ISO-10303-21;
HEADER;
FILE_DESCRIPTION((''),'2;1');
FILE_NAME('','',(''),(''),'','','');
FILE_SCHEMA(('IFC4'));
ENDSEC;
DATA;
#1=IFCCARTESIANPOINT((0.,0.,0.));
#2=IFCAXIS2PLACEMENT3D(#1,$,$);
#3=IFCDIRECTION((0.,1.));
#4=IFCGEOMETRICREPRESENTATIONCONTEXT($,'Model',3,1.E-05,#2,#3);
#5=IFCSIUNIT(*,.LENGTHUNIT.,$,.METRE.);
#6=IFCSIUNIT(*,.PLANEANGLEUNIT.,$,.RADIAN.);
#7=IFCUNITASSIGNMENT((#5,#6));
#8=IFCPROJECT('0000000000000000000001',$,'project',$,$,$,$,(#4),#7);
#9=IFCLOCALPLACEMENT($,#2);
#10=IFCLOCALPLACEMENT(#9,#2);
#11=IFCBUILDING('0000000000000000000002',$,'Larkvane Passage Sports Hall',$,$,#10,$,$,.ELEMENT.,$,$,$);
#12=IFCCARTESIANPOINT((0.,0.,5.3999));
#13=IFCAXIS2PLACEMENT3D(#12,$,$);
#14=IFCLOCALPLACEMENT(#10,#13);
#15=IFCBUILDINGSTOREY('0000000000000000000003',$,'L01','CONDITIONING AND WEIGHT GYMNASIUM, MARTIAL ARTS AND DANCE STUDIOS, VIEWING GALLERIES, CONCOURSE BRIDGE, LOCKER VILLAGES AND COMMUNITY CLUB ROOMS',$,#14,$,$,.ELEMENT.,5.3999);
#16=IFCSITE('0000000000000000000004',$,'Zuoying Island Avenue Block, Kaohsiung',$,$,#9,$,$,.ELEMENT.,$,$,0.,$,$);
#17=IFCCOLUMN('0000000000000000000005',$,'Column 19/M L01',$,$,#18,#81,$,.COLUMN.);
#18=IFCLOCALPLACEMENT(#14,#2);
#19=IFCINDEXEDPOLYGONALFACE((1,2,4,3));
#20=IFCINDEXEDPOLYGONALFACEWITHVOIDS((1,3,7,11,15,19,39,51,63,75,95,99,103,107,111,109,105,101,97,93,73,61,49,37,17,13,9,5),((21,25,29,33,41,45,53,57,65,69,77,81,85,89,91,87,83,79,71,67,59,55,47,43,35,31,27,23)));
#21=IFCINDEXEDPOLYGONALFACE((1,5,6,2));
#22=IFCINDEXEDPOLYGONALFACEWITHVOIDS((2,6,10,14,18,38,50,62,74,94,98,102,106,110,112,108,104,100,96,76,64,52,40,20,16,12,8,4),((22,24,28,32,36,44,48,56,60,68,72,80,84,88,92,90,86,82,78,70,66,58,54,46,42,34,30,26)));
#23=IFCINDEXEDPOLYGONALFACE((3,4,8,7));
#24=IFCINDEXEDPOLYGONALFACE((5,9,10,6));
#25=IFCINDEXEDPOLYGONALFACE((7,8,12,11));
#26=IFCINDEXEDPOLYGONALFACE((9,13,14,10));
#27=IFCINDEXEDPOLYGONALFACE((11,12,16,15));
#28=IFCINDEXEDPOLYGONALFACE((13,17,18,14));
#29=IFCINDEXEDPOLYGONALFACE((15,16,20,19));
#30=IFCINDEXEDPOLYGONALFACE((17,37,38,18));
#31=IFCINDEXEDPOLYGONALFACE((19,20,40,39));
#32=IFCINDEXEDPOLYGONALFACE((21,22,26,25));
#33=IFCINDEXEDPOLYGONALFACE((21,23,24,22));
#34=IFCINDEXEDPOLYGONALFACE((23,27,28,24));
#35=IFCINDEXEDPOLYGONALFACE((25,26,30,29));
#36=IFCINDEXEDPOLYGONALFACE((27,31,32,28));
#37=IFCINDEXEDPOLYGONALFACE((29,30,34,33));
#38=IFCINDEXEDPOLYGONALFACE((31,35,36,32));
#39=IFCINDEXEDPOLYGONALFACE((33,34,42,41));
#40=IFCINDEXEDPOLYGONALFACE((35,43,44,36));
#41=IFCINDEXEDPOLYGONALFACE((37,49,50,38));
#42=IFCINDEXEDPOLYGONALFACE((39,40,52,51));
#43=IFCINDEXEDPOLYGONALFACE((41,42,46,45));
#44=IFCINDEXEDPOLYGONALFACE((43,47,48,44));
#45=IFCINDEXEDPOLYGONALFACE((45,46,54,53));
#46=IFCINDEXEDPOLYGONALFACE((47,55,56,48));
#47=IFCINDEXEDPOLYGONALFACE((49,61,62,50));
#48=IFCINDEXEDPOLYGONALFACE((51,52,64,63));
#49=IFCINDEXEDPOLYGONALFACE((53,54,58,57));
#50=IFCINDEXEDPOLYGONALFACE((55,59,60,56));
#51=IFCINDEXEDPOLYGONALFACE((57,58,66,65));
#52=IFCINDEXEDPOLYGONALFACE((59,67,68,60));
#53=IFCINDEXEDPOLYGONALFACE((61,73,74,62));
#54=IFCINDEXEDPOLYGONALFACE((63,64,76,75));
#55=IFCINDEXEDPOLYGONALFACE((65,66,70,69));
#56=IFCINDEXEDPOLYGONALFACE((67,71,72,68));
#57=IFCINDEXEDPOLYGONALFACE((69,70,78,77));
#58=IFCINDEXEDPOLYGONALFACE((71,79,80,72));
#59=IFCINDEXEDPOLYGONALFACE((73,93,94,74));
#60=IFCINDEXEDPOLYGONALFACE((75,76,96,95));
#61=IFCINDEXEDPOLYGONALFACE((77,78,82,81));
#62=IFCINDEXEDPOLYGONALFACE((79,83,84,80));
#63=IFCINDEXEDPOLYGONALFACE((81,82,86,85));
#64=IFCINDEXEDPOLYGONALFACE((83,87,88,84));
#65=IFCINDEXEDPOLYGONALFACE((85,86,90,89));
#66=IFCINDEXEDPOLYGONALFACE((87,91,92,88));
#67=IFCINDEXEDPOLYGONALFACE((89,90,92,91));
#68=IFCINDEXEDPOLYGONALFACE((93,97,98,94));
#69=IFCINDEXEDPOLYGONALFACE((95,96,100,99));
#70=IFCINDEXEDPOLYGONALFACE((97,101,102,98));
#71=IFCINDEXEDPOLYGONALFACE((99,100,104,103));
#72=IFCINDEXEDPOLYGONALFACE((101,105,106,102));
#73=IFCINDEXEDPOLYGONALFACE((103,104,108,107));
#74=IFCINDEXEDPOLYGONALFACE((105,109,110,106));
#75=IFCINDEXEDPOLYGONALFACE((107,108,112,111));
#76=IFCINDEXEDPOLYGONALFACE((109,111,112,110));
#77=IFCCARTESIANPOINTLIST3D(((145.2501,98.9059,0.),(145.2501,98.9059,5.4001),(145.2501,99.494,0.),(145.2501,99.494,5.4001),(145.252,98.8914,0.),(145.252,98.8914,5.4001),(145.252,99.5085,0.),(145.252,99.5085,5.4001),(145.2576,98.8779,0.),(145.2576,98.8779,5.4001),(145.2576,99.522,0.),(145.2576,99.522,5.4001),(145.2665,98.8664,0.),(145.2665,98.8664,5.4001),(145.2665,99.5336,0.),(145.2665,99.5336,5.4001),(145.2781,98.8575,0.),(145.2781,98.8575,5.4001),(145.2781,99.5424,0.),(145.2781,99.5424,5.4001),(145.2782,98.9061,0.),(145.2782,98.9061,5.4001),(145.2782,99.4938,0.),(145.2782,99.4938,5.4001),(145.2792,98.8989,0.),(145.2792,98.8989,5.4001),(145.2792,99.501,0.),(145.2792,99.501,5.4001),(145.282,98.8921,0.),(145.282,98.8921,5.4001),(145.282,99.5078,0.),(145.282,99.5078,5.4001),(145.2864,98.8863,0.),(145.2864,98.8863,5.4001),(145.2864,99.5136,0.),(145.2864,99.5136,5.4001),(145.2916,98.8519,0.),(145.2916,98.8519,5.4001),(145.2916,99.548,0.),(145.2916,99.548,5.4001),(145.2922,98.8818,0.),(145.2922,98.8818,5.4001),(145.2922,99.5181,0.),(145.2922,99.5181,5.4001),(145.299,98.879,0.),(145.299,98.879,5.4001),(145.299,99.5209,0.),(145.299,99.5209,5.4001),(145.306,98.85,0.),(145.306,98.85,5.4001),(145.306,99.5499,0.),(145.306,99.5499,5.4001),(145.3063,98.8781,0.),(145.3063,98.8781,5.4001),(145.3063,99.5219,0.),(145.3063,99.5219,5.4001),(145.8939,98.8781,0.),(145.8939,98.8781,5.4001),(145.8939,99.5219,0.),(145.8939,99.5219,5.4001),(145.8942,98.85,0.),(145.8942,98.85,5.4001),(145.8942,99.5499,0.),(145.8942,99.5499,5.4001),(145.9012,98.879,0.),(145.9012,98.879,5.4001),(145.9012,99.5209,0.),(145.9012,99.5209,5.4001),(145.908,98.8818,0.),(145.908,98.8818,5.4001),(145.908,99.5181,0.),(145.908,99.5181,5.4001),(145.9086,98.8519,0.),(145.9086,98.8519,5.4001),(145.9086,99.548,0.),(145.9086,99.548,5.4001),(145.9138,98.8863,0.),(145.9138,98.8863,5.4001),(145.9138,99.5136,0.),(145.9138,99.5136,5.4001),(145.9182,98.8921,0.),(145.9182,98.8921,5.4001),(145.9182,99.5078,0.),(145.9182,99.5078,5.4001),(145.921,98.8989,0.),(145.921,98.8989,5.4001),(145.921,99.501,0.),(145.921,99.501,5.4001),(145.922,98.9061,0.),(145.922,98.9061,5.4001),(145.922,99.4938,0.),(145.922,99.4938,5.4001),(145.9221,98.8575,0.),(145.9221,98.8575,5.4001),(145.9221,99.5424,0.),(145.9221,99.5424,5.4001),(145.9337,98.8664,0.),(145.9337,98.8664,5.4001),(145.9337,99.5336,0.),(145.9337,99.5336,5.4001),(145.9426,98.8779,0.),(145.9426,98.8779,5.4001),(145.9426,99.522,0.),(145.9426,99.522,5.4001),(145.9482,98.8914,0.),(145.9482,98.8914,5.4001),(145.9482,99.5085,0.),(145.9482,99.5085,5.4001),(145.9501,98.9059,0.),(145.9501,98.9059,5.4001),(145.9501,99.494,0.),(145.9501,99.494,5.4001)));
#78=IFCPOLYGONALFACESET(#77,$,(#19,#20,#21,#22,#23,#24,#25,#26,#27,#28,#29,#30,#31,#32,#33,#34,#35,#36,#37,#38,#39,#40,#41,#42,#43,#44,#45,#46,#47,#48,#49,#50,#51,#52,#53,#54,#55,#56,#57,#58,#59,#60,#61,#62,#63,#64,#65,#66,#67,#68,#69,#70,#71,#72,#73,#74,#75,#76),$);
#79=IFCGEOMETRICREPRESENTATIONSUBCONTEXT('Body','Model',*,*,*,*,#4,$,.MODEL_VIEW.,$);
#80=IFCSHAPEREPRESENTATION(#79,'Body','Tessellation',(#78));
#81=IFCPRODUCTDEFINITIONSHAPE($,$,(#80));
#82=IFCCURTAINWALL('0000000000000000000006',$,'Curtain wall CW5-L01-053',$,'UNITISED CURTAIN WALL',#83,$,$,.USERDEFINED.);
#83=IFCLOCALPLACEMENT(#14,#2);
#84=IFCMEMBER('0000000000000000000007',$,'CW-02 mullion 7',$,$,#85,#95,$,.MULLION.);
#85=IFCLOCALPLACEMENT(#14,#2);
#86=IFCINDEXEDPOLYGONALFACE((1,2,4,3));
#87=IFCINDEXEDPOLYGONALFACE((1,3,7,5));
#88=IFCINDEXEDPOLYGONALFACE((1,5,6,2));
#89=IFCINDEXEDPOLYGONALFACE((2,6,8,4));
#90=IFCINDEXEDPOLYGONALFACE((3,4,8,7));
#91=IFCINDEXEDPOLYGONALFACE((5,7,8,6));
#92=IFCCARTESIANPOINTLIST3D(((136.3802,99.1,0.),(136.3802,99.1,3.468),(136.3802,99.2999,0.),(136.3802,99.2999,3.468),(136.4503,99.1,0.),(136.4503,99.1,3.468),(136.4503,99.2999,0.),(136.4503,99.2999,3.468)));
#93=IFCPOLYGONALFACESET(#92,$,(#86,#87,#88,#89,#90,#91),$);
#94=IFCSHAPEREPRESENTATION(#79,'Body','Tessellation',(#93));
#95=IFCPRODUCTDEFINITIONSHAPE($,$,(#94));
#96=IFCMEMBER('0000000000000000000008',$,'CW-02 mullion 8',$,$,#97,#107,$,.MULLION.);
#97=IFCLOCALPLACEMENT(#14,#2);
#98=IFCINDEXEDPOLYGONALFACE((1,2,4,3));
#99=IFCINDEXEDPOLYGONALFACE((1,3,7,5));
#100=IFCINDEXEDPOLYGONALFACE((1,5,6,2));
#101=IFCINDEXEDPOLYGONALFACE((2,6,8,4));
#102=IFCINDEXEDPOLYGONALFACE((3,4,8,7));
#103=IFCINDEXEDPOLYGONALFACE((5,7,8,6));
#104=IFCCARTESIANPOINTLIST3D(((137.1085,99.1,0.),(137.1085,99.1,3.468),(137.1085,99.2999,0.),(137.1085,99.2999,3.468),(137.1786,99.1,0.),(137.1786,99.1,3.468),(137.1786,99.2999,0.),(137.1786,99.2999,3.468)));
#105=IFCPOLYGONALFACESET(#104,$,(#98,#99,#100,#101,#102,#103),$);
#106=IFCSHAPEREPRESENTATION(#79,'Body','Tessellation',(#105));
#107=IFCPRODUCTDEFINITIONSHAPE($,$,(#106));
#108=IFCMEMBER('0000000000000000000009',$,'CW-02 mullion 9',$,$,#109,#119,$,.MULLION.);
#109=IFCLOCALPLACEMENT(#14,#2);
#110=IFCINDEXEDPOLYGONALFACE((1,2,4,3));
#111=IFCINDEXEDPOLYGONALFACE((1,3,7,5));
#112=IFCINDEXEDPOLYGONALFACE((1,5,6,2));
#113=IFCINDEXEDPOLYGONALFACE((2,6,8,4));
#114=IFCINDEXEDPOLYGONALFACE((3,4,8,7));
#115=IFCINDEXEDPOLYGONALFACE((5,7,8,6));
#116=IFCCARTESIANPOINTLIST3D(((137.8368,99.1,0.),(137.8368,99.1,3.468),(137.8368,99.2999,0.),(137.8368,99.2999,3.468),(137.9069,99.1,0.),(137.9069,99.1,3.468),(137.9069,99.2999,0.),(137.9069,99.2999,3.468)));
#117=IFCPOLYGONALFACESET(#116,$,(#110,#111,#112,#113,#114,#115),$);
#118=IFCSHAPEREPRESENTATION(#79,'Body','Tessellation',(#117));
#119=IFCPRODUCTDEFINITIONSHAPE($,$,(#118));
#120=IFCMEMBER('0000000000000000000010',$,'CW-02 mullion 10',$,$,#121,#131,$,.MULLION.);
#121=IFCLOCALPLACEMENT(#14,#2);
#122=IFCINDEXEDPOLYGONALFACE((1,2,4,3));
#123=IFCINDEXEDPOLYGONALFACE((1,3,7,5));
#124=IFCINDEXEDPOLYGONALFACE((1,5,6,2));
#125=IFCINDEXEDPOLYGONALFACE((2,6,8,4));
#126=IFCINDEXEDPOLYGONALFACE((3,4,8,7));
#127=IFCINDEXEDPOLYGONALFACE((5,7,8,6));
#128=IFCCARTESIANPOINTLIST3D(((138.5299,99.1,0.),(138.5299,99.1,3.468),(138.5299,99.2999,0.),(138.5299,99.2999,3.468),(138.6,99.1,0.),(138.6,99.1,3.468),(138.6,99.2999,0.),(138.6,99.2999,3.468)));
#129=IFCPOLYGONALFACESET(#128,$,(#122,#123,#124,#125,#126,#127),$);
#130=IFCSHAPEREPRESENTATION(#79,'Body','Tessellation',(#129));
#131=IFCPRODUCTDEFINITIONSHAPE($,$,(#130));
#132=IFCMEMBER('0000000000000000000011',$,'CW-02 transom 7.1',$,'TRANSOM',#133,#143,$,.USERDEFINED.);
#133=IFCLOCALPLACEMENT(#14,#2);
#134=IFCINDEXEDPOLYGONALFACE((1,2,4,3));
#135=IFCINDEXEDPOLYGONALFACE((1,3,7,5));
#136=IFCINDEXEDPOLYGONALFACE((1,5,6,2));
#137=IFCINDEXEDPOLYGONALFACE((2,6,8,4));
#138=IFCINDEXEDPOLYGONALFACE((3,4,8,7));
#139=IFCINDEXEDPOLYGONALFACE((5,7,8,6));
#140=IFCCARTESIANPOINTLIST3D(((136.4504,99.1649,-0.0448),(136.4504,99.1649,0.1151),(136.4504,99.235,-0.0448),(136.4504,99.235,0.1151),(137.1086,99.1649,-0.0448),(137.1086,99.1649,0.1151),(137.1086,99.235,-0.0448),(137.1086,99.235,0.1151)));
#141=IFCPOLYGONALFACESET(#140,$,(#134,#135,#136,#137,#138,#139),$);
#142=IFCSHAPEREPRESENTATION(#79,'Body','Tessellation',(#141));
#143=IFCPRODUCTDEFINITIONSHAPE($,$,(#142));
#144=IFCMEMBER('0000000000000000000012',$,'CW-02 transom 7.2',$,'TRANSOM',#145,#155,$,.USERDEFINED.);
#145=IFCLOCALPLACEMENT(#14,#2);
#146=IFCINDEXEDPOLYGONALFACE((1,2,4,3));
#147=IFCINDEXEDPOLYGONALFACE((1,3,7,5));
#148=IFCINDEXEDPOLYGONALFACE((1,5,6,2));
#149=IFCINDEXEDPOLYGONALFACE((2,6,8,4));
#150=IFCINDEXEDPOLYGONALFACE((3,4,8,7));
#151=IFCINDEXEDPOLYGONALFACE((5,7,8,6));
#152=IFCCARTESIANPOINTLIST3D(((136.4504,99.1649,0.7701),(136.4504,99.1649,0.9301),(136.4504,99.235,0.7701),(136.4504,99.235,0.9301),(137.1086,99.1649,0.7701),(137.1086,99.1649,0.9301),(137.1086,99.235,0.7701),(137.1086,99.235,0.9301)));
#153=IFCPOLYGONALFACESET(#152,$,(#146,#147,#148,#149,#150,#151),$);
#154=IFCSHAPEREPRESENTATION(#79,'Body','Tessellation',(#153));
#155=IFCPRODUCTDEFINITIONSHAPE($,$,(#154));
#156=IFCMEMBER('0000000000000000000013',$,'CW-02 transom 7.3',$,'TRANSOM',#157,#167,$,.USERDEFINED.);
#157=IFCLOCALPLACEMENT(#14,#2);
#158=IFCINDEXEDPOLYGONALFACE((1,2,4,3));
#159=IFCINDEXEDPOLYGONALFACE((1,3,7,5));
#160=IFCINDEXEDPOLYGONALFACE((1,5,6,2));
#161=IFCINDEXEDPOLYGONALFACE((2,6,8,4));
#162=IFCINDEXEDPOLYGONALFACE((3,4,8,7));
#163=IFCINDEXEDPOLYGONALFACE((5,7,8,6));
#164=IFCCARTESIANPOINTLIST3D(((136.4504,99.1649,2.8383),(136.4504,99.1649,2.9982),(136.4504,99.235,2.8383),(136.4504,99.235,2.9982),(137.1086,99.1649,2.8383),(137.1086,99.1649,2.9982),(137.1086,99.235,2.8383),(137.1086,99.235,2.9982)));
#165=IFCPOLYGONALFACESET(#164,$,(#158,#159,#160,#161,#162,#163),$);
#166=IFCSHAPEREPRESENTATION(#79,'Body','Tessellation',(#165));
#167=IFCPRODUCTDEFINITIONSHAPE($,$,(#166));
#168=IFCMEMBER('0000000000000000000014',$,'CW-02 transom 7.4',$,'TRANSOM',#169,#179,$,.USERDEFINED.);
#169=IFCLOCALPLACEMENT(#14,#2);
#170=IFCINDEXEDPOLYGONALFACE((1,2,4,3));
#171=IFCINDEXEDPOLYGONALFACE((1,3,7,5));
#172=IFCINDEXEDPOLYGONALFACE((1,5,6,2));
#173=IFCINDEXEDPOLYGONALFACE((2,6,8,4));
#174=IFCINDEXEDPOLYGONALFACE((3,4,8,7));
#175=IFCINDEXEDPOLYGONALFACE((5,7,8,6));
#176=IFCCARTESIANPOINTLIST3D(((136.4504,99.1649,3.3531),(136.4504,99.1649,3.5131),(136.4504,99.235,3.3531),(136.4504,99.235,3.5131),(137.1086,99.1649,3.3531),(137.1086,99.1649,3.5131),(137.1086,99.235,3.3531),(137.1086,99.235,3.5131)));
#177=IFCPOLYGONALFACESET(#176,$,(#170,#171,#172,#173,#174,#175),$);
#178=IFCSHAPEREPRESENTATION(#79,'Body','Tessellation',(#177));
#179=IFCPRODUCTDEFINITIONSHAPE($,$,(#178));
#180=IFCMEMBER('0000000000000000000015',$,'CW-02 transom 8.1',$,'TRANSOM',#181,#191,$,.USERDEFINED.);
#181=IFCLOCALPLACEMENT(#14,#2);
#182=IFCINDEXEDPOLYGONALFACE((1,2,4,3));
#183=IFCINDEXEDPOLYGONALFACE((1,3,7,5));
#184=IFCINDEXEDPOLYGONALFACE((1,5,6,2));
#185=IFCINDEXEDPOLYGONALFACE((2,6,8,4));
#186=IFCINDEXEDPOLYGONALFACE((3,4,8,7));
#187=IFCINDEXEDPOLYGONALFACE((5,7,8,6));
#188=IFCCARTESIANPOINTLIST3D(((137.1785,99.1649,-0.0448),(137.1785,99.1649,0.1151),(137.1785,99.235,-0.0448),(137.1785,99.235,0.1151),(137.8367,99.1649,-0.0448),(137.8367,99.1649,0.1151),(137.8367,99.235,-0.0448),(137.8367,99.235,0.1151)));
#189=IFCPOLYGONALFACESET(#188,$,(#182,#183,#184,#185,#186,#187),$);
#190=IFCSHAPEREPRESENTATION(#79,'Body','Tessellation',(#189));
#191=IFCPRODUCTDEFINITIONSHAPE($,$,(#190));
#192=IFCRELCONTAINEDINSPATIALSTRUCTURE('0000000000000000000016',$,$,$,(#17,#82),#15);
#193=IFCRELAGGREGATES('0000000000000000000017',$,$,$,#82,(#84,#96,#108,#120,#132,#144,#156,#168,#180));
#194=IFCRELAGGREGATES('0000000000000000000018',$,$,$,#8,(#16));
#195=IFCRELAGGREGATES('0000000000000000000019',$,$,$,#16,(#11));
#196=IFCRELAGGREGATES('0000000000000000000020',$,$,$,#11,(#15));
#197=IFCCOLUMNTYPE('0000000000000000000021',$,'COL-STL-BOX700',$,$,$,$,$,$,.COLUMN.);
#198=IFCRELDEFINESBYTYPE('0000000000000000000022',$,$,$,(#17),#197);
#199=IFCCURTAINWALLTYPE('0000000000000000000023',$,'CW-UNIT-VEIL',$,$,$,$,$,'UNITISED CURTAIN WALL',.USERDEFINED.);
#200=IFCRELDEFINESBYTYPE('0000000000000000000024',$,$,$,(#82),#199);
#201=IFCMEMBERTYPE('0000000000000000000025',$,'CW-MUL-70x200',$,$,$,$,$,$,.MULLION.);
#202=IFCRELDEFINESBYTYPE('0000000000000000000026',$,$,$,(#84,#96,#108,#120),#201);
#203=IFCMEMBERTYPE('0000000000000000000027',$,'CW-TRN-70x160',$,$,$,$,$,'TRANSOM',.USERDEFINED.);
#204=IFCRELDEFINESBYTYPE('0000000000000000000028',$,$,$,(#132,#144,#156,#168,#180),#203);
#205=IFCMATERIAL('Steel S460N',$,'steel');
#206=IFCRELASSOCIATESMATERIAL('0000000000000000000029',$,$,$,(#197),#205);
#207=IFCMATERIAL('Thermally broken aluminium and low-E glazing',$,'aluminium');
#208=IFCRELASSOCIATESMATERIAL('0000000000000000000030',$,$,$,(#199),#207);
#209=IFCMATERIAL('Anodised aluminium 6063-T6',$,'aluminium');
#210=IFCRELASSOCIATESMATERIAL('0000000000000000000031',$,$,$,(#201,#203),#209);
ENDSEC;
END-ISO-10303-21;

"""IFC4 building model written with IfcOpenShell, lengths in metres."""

from ifc_helpers import new_model, si_unit, direction, frame, origin, origin_2d, place, context, subcontext, project, spatial, rectangle, hollow_rectangle, extrude, material, material_profile, profile_set, type_object, element, aggregate, save


model = new_model("IFC4")

# Units and contexts
model_context = context("Model", 3, precision=1e-05, world=origin(), true_north=direction((0.0, 1.0)))
body_context = subcontext(model_context, "Body", "Model", "MODEL_VIEW")
ifc_project = project(units=[si_unit("LENGTHUNIT", "METRE"), si_unit("PLANEANGLEUNIT", "RADIAN")], contexts=[model_context])

# Site, building, storey
site_placement = place(None, origin())
site = spatial("IfcSite", under=ifc_project, at=site_placement, Name="Zuoying Island Avenue Block, Kaohsiung", CompositionType="ELEMENT", RefElevation=0.0)
building_placement = place(site_placement, origin())
building = spatial("IfcBuilding", under=site, at=building_placement, Name="Larkvane Passage Sports Hall", CompositionType="ELEMENT")
storey_placement = place(building_placement, frame((0.0, 0.0, 5.3999)))
storey = spatial("IfcBuildingStorey", under=building, at=storey_placement, Name="L01", Description="CONDITIONING AND WEIGHT GYMNASIUM, MARTIAL ARTS AND DANCE STUDIOS, VIEWING GALLERIES, CONCOURSE BRIDGE, LOCKER VILLAGES AND COMMUNITY CLUB ROOMS", CompositionType="ELEMENT", Elevation=5.3999)

# Column
ifc_material_1 = material(Name="Steel S460N", Category="steel")
ifc_material_profile_1 = material_profile(ifc_material_1, hollow_rectangle(XDim=0.7, YDim=0.7, WallThickness=0.0281, InnerFilletRadius=0.0281, OuterFilletRadius=0.0559, at=origin_2d()), Name="BOX-700x700x28")
ifc_profile_set_1 = profile_set([ifc_material_profile_1], Name="Steel S460N")
column_type = type_object("IfcColumnType", Name="COL-STL-BOX700", PredefinedType="COLUMN", material=ifc_profile_set_1)
column_placement = place(storey_placement, frame((145.6001, 99.2, 0.0), z_axis=(0.0, 0.0, 1.0), x_axis=(1.0, 0.0, 0.0)))
element("IfcColumn", 1, at=column_placement, inside=storey, type_object=column_type, Name="Column 19/M L01", PredefinedType="COLUMN", context=body_context, shape_type="SweptSolid", body=[
    extrude(hollow_rectangle(XDim=0.7, YDim=0.7, WallThickness=0.0281, InnerFilletRadius=0.0281, OuterFilletRadius=0.0559, at=origin_2d()), origin(), (0.0, 0.0, 1.0), 5.4001),
])

# Curtain wall, members
ifc_material_2 = material(Name="Thermally broken aluminium and low-E glazing", Category="aluminium")
curtain_wall_type = type_object("IfcCurtainWallType", Name="CW-UNIT-VEIL", ElementType="UNITISED CURTAIN WALL", PredefinedType="USERDEFINED", material=ifc_material_2)
curtain_wall_placement = place(storey_placement, origin())
curtain_wall = element("IfcCurtainWall", 2, at=curtain_wall_placement, inside=storey, type_object=curtain_wall_type, Name="Curtain wall CW5-L01-053", ObjectType="UNITISED CURTAIN WALL", PredefinedType="USERDEFINED")
ifc_material_3 = material(Name="Anodised aluminium 6063-T6", Category="aluminium")
ifc_material_profile_2 = material_profile(ifc_material_3, rectangle(XDim=0.0701, YDim=0.2, at=origin_2d()), Name="ALU-MUL-70x200")
ifc_profile_set_2 = profile_set([ifc_material_profile_2], Name="Anodised aluminium 6063-T6")
member_type_1 = type_object("IfcMemberType", Name="CW-MUL-70x200", PredefinedType="MULLION", material=ifc_profile_set_2)
member_1_placement = place(storey_placement, frame((136.4153, 99.2, 0.0), z_axis=(0.0, 0.0, 1.0), x_axis=(1.0, 0.0, 0.0)))
member_1 = element("IfcMember", 3, at=member_1_placement, type_object=member_type_1, Name="CW-02 mullion 7", PredefinedType="MULLION", context=body_context, shape_type="SweptSolid", body=[
    extrude(rectangle(XDim=0.0701, YDim=0.2, at=origin_2d()), origin(), (0.0, 0.0, 1.0), 3.468),
])
member_2_placement = place(storey_placement, frame((137.1436, 99.2, 0.0), z_axis=(0.0, 0.0, 1.0), x_axis=(1.0, 0.0, 0.0)))
member_2 = element("IfcMember", 4, at=member_2_placement, type_object=member_type_1, Name="CW-02 mullion 8", PredefinedType="MULLION", context=body_context, shape_type="SweptSolid", body=[
    extrude(rectangle(XDim=0.0701, YDim=0.2, at=origin_2d()), origin(), (0.0, 0.0, 1.0), 3.468),
])
member_3_placement = place(storey_placement, frame((137.8718, 99.2, 0.0), z_axis=(0.0, 0.0, 1.0), x_axis=(1.0, 0.0, 0.0)))
member_3 = element("IfcMember", 5, at=member_3_placement, type_object=member_type_1, Name="CW-02 mullion 9", PredefinedType="MULLION", context=body_context, shape_type="SweptSolid", body=[
    extrude(rectangle(XDim=0.0701, YDim=0.2, at=origin_2d()), origin(), (0.0, 0.0, 1.0), 3.468),
])
member_4_placement = place(storey_placement, frame((138.5649, 99.2, 0.0), z_axis=(0.0, 0.0, 1.0), x_axis=(1.0, 0.0, 0.0)))
member_4 = element("IfcMember", 6, at=member_4_placement, type_object=member_type_1, Name="CW-02 mullion 10", PredefinedType="MULLION", context=body_context, shape_type="SweptSolid", body=[
    extrude(rectangle(XDim=0.0701, YDim=0.2, at=origin_2d()), origin(), (0.0, 0.0, 1.0), 3.468),
])
ifc_material_profile_3 = material_profile(ifc_material_3, rectangle(XDim=0.0701, YDim=0.1599, at=origin_2d()), Name="ALU-TRN-70x160")
ifc_profile_set_3 = profile_set([ifc_material_profile_3], Name="Anodised aluminium 6063-T6")
member_type_2 = type_object("IfcMemberType", Name="CW-TRN-70x160", ElementType="TRANSOM", PredefinedType="USERDEFINED", material=ifc_profile_set_3)
member_5_placement = place(storey_placement, frame((136.4504, 99.2, 0.0352), z_axis=(1.0, 0.0, 0.0), x_axis=(0.0, 1.0, 0.0)))
member_5 = element("IfcMember", 7, at=member_5_placement, type_object=member_type_2, Name="CW-02 transom 7.1", ObjectType="TRANSOM", PredefinedType="USERDEFINED", context=body_context, shape_type="SweptSolid", body=[
    extrude(rectangle(XDim=0.0701, YDim=0.1599, at=origin_2d()), origin(), (0.0, 0.0, 1.0), 0.6582),
])
member_6_placement = place(storey_placement, frame((136.4504, 99.2, 0.8501), z_axis=(1.0, 0.0, 0.0), x_axis=(0.0, 1.0, 0.0)))
member_6 = element("IfcMember", 8, at=member_6_placement, type_object=member_type_2, Name="CW-02 transom 7.2", ObjectType="TRANSOM", PredefinedType="USERDEFINED", context=body_context, shape_type="SweptSolid", body=[
    extrude(rectangle(XDim=0.0701, YDim=0.1599, at=origin_2d()), origin(), (0.0, 0.0, 1.0), 0.6582),
])
member_7_placement = place(storey_placement, frame((136.4504, 99.2, 2.9182), z_axis=(1.0, 0.0, 0.0), x_axis=(0.0, 1.0, 0.0)))
member_7 = element("IfcMember", 9, at=member_7_placement, type_object=member_type_2, Name="CW-02 transom 7.3", ObjectType="TRANSOM", PredefinedType="USERDEFINED", context=body_context, shape_type="SweptSolid", body=[
    extrude(rectangle(XDim=0.0701, YDim=0.1599, at=origin_2d()), origin(), (0.0, 0.0, 1.0), 0.6582),
])
member_8_placement = place(storey_placement, frame((136.4504, 99.2, 3.4331), z_axis=(1.0, 0.0, 0.0), x_axis=(0.0, 1.0, 0.0)))
member_8 = element("IfcMember", 10, at=member_8_placement, type_object=member_type_2, Name="CW-02 transom 7.4", ObjectType="TRANSOM", PredefinedType="USERDEFINED", context=body_context, shape_type="SweptSolid", body=[
    extrude(rectangle(XDim=0.0701, YDim=0.1599, at=origin_2d()), origin(), (0.0, 0.0, 1.0), 0.6582),
])
member_9_placement = place(storey_placement, frame((137.1785, 99.2, 0.0352), z_axis=(1.0, 0.0, 0.0), x_axis=(0.0, 1.0, 0.0)))
member_9 = element("IfcMember", 11, at=member_9_placement, type_object=member_type_2, Name="CW-02 transom 8.1", ObjectType="TRANSOM", PredefinedType="USERDEFINED", context=body_context, shape_type="SweptSolid", body=[
    extrude(rectangle(XDim=0.0701, YDim=0.1599, at=origin_2d()), origin(), (0.0, 0.0, 1.0), 0.6582),
])
aggregate(curtain_wall, [member_1, member_2, member_3, member_4, member_5, member_6, member_7, member_8, member_9])

save(model, "model.ifc")
